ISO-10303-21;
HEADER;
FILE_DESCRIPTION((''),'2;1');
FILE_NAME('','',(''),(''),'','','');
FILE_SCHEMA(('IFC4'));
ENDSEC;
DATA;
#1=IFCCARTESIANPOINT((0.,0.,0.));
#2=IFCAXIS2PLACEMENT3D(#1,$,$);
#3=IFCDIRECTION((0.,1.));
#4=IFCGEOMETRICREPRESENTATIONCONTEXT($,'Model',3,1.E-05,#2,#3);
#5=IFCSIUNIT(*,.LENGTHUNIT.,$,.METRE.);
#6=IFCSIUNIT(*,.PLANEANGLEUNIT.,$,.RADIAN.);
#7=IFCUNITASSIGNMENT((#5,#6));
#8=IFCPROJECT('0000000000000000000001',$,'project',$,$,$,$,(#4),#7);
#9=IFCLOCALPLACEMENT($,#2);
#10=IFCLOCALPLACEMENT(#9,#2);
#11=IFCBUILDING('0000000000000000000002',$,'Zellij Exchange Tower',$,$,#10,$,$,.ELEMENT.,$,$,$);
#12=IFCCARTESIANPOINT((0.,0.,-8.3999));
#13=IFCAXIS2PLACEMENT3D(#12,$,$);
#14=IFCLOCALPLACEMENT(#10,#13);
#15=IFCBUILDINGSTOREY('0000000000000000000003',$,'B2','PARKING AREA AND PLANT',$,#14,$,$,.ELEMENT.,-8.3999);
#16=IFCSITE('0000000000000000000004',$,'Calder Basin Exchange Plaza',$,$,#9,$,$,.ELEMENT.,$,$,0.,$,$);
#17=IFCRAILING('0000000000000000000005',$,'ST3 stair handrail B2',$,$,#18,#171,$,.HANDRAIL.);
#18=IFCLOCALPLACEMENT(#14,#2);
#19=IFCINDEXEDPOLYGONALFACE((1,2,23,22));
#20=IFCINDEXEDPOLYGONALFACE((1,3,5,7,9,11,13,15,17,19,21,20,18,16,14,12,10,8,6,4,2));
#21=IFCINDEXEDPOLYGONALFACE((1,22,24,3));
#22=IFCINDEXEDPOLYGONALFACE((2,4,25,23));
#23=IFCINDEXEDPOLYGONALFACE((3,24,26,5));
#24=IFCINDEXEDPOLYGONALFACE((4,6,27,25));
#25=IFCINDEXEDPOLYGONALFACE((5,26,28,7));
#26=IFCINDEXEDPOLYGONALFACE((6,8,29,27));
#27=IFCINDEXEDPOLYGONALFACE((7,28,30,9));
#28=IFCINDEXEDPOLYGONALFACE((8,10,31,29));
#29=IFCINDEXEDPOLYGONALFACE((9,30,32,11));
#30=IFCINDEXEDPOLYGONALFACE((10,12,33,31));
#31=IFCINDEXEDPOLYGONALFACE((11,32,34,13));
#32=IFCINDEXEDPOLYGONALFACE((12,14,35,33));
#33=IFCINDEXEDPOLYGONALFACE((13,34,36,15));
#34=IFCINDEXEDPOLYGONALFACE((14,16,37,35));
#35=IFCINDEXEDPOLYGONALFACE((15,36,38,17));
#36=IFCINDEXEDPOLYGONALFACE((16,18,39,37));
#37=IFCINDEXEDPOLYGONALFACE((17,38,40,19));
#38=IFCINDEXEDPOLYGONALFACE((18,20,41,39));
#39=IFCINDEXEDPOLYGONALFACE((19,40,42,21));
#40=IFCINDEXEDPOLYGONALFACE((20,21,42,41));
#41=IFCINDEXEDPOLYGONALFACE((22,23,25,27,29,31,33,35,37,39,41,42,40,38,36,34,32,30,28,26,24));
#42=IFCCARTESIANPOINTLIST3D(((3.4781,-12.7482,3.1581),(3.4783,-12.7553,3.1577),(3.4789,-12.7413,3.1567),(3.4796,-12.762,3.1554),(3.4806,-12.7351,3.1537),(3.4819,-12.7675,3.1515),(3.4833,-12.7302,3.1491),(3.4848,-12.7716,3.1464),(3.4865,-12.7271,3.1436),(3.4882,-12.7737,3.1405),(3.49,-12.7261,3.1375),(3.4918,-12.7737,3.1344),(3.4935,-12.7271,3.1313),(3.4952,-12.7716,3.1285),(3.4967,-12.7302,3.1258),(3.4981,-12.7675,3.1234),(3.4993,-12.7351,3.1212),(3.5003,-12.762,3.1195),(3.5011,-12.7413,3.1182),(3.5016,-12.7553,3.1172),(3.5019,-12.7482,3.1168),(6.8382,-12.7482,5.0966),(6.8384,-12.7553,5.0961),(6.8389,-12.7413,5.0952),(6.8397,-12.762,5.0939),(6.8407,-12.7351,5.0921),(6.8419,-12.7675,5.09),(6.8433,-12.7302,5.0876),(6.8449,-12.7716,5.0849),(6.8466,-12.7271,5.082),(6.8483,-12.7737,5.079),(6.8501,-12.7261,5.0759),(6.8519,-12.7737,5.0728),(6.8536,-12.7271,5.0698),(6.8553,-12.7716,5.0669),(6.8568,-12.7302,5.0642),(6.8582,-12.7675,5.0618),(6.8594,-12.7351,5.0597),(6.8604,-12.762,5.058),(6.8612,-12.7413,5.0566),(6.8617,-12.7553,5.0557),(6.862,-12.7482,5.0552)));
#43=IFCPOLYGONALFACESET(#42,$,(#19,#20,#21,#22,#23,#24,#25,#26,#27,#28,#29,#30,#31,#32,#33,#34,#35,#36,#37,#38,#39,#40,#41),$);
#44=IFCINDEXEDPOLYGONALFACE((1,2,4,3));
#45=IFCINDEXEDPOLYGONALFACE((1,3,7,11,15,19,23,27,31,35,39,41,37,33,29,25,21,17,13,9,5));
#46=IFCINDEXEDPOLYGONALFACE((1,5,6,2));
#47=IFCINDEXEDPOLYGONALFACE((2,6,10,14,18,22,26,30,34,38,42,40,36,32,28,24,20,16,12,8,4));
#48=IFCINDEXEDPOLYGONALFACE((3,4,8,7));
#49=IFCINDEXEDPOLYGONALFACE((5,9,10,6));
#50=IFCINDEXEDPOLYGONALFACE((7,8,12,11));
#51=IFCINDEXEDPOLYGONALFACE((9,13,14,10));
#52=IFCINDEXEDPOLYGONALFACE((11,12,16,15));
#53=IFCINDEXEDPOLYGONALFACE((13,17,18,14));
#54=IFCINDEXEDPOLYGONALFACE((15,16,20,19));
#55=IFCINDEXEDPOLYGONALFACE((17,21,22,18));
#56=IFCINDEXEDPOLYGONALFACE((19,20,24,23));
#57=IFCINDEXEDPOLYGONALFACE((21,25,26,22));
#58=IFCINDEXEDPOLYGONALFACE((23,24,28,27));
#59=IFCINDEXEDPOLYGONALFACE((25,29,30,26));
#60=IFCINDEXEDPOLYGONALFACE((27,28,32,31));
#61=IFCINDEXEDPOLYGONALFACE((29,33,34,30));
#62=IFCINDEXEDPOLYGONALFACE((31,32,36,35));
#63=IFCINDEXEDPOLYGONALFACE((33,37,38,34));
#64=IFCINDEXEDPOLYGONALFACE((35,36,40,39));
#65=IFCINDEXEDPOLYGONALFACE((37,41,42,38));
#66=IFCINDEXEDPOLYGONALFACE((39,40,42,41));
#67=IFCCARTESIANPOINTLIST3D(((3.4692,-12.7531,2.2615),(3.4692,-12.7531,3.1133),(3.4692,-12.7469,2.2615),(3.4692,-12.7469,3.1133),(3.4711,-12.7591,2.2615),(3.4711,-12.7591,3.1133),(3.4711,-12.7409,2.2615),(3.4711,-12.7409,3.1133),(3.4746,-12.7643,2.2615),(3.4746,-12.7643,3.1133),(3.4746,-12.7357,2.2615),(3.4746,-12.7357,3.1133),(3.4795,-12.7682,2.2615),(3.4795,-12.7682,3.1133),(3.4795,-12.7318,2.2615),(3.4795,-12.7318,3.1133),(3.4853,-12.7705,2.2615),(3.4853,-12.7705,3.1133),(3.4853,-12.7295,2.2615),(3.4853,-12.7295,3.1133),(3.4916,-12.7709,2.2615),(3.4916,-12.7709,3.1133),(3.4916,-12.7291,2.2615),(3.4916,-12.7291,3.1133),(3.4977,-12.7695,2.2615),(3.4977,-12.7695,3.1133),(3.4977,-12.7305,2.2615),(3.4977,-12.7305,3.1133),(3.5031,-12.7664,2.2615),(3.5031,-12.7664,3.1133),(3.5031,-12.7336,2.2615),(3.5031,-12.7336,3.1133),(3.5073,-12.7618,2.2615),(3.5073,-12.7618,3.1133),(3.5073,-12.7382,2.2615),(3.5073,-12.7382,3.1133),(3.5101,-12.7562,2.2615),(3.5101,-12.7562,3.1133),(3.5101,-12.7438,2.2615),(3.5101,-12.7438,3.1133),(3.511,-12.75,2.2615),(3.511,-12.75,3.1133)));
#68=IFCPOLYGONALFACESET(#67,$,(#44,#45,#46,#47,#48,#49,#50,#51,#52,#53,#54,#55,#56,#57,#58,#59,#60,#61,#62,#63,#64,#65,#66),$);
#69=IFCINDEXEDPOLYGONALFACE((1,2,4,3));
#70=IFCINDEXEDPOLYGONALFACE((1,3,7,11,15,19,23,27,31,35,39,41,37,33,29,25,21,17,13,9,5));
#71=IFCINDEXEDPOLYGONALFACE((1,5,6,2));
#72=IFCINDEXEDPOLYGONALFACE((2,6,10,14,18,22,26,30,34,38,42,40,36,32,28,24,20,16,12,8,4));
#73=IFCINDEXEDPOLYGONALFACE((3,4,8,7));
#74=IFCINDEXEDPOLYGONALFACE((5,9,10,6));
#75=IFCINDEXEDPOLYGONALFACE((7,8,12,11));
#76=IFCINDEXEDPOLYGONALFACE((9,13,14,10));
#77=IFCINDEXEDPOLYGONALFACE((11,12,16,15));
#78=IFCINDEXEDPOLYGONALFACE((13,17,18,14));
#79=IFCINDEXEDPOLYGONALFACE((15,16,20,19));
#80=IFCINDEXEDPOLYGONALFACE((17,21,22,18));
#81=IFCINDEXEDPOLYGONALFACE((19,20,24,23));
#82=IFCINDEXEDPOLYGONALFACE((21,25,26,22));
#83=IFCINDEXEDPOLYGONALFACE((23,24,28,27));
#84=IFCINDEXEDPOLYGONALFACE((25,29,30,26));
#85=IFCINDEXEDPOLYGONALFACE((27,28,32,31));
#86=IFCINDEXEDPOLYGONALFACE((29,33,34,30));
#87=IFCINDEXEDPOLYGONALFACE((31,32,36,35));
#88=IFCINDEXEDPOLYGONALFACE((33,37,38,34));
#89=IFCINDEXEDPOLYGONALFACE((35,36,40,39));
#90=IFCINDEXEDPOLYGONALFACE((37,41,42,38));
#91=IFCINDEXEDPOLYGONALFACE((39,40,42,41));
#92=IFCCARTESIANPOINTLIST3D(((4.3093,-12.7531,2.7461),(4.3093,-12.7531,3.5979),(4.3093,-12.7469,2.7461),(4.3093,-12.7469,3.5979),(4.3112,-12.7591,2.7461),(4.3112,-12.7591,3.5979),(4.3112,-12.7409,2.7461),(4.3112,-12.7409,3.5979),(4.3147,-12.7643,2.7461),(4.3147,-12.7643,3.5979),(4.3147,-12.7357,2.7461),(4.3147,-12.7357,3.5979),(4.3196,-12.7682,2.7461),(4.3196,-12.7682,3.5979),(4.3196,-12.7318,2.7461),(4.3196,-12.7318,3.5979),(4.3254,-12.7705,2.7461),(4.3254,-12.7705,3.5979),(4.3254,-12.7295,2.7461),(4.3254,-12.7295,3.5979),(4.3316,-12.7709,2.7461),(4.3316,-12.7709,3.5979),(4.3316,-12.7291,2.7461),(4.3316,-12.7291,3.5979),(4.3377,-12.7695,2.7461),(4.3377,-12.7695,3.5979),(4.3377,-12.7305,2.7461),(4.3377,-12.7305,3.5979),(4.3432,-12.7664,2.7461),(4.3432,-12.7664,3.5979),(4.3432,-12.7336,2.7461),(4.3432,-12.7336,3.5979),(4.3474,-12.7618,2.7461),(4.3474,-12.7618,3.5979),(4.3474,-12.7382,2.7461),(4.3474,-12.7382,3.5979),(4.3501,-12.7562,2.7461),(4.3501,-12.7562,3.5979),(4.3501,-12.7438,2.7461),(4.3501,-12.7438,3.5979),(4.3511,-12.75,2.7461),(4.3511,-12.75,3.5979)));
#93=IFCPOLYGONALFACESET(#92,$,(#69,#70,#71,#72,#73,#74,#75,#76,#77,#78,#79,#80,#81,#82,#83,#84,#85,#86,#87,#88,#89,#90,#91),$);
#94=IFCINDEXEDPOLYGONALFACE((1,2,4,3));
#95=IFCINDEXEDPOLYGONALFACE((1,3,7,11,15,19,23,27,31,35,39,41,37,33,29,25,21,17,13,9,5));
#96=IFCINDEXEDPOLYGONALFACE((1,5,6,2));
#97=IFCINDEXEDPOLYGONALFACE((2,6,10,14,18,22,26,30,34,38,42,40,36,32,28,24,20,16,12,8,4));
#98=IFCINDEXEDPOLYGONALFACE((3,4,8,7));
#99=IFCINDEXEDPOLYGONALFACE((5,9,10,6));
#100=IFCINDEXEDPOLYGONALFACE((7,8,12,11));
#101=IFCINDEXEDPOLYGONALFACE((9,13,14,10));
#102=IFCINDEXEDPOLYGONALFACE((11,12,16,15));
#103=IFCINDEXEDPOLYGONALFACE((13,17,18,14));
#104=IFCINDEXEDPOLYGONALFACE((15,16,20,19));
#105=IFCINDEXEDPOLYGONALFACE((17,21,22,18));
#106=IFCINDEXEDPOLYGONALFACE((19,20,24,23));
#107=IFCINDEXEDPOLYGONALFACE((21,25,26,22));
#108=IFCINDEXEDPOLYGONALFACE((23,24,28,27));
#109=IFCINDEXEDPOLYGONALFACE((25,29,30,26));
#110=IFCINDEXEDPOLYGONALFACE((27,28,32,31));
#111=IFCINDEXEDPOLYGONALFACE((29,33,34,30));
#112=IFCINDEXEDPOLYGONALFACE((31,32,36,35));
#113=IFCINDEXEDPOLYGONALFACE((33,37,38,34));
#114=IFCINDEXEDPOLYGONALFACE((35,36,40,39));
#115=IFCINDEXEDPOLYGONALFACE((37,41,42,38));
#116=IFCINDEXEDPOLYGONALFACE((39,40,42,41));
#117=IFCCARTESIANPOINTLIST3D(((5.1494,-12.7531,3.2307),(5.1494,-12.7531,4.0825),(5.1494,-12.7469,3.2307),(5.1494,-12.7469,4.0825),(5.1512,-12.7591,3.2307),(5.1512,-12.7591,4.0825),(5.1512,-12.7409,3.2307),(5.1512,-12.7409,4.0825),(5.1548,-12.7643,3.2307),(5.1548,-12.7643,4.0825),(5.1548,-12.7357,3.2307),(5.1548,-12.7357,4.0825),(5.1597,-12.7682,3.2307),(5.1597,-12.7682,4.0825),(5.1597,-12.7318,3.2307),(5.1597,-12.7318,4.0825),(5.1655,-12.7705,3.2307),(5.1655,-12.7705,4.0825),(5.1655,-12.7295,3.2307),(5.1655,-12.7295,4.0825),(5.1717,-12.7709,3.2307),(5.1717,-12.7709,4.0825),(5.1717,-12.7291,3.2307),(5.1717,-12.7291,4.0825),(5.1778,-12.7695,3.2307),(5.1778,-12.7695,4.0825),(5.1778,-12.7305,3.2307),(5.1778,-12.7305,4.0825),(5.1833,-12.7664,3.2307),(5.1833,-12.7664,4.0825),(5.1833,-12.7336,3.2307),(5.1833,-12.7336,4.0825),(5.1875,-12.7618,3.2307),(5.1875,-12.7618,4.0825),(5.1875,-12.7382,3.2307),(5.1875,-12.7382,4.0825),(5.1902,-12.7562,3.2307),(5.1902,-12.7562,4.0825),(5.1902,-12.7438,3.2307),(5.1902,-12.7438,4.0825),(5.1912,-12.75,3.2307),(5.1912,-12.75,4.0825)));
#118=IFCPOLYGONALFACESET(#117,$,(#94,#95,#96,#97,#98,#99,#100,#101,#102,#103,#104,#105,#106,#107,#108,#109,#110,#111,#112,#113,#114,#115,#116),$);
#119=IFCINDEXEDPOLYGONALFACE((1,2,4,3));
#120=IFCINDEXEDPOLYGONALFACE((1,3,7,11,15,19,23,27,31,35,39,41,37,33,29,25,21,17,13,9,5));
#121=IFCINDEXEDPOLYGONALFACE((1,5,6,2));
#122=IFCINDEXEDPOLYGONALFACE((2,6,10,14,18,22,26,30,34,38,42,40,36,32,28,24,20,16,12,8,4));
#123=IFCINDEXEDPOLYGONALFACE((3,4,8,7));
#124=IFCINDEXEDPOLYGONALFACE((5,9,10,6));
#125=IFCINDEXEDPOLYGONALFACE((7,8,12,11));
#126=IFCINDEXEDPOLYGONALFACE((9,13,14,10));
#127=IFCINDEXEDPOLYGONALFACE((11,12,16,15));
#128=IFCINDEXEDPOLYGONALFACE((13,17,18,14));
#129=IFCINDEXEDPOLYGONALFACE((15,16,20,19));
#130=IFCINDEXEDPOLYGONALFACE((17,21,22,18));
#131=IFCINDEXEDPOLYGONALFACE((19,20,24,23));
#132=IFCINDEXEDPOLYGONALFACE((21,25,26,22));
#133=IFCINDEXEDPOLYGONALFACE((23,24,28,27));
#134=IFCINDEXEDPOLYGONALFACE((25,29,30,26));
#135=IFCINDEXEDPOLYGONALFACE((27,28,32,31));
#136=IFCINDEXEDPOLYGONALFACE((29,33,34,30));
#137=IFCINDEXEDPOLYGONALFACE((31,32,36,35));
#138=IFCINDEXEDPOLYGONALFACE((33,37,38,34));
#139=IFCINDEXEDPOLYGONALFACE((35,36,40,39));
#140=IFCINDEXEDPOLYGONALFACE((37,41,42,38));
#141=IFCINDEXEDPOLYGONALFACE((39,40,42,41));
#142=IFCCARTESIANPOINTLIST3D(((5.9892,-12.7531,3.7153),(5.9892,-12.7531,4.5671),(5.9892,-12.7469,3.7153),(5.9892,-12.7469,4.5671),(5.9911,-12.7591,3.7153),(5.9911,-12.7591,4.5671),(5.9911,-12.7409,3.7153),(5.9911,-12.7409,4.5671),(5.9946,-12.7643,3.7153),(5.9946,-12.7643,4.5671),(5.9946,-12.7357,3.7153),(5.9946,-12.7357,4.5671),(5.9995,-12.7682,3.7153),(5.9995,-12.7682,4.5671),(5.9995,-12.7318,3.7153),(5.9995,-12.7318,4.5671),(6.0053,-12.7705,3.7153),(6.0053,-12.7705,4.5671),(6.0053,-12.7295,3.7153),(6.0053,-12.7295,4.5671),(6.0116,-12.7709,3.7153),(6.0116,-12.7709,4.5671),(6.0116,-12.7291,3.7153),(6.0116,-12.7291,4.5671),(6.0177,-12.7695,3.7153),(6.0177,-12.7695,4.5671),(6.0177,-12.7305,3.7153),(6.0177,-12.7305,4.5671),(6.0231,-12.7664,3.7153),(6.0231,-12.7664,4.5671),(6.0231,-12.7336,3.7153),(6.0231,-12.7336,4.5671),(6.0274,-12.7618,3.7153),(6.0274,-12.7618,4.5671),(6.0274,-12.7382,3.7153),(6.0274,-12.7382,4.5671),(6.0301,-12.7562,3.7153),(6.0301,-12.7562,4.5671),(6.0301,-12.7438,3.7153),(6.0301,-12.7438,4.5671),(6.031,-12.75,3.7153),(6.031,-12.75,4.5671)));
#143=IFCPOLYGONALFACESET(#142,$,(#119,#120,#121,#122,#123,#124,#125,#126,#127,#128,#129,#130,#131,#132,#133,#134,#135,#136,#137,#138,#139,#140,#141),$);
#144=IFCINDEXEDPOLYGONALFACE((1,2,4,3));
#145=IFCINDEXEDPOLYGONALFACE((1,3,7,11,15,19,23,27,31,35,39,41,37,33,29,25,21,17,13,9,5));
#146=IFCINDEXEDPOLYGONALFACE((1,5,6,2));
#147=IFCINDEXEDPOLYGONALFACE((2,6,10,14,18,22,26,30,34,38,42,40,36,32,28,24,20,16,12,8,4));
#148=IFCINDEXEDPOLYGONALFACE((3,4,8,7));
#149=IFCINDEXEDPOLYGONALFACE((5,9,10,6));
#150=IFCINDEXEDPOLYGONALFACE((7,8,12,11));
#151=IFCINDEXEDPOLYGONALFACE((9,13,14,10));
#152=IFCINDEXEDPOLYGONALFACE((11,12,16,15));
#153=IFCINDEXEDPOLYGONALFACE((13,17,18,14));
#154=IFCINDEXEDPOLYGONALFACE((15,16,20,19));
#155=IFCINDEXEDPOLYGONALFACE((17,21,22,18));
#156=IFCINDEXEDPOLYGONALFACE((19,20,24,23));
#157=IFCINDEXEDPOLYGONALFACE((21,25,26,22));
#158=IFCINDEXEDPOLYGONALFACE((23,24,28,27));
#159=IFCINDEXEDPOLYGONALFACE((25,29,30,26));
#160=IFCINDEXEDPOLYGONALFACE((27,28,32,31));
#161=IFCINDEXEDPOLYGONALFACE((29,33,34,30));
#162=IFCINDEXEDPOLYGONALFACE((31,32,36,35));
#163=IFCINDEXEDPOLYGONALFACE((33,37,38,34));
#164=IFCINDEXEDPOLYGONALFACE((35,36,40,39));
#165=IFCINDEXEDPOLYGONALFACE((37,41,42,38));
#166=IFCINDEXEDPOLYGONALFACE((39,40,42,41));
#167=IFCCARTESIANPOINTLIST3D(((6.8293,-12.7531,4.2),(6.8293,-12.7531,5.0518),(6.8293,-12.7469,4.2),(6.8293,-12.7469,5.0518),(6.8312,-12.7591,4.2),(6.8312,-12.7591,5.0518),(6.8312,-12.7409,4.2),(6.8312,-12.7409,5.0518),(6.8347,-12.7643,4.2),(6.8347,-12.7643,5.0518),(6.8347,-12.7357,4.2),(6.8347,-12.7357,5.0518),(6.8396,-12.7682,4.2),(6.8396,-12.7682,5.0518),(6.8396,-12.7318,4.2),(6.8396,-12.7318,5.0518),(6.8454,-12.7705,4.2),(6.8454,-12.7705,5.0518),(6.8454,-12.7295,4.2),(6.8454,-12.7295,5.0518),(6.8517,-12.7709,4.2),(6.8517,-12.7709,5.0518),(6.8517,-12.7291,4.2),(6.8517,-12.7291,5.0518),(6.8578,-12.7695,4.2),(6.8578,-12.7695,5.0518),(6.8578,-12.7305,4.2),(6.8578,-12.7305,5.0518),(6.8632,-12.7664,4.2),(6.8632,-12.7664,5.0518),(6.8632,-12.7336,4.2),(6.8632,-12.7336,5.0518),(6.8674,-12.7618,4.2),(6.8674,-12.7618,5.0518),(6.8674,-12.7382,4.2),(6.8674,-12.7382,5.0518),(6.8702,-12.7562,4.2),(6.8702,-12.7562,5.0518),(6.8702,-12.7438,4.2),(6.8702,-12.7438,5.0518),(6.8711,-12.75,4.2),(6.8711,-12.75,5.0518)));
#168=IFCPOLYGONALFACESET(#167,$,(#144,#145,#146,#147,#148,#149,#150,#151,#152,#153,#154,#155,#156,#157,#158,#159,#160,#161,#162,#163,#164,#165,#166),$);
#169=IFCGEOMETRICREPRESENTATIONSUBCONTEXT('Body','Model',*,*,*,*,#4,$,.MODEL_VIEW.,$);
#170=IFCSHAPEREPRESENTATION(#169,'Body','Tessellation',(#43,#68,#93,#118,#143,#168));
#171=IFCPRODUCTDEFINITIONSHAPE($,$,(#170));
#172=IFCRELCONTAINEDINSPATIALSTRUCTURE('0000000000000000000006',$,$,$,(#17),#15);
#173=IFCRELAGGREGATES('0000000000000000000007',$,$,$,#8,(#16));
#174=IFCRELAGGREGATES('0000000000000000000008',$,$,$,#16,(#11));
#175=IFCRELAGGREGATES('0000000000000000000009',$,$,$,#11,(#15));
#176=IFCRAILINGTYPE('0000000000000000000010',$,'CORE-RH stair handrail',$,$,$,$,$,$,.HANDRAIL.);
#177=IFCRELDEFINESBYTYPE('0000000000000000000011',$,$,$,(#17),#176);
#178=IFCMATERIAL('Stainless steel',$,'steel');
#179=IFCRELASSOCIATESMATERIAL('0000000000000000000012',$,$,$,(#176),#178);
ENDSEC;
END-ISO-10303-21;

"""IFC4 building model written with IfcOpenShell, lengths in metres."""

from ifc_helpers import new_model, si_unit, direction, frame, origin, origin_2d, place, context, subcontext, project, spatial, circle, extrude, material, type_object, element, save


model = new_model("IFC4")

# Units and contexts
model_context = context("Model", 3, precision=1e-05, world=origin(), true_north=direction((0.0, 1.0)))
body_context = subcontext(model_context, "Body", "Model", "MODEL_VIEW")
ifc_project = project(units=[si_unit("LENGTHUNIT", "METRE"), si_unit("PLANEANGLEUNIT", "RADIAN")], contexts=[model_context])

# Site, building, storey
site_placement = place(None, origin())
site = spatial("IfcSite", under=ifc_project, at=site_placement, Name="Calder Basin Exchange Plaza", CompositionType="ELEMENT", RefElevation=0.0)
building_placement = place(site_placement, origin())
building = spatial("IfcBuilding", under=site, at=building_placement, Name="Zellij Exchange Tower", CompositionType="ELEMENT")
storey_placement = place(building_placement, frame((0.0, 0.0, -8.3999)))
storey = spatial("IfcBuildingStorey", under=building, at=storey_placement, Name="B2", Description="PARKING AREA AND PLANT", CompositionType="ELEMENT", Elevation=-8.3999)

# Railing
ifc_material_1 = material(Name="Stainless steel", Category="steel")
railing_type_1 = type_object("IfcRailingType", Name="CORE-RH stair handrail", PredefinedType="HANDRAIL", material=ifc_material_1)
railing_1_placement = place(storey_placement, frame((3.49, -12.75, 2.2615)))
element("IfcRailing", 1, at=railing_1_placement, inside=storey, type_object=railing_type_1, Name="ST3 stair handrail B2", PredefinedType="HANDRAIL", context=body_context, shape_type="SweptSolid", body=[
    extrude(circle(Radius=0.0239, at=origin_2d()), frame((0.0, 0.0, 0.876), z_axis=(0.866191, 0.0, 0.499713), x_axis=(0.0, 1.0, 0.0)), (0.0, 0.0, 1.0), 3.8792),
    extrude(circle(Radius=0.021, at=origin_2d()), origin(), (0.0, 0.0, 1.0), 0.8518),
    extrude(circle(Radius=0.021, at=origin_2d()), frame((0.8401, 0.0, 0.4846)), (0.0, 0.0, 1.0), 0.8518),
    extrude(circle(Radius=0.021, at=origin_2d()), frame((1.6802, 0.0, 0.9692)), (0.0, 0.0, 1.0), 0.8518),
    extrude(circle(Radius=0.021, at=origin_2d()), frame((2.52, 0.0, 1.4539)), (0.0, 0.0, 1.0), 0.8518),
    extrude(circle(Radius=0.021, at=origin_2d()), frame((3.3601, 0.0, 1.9385)), (0.0, 0.0, 1.0), 0.8518),
])

save(model, "model.ifc")
